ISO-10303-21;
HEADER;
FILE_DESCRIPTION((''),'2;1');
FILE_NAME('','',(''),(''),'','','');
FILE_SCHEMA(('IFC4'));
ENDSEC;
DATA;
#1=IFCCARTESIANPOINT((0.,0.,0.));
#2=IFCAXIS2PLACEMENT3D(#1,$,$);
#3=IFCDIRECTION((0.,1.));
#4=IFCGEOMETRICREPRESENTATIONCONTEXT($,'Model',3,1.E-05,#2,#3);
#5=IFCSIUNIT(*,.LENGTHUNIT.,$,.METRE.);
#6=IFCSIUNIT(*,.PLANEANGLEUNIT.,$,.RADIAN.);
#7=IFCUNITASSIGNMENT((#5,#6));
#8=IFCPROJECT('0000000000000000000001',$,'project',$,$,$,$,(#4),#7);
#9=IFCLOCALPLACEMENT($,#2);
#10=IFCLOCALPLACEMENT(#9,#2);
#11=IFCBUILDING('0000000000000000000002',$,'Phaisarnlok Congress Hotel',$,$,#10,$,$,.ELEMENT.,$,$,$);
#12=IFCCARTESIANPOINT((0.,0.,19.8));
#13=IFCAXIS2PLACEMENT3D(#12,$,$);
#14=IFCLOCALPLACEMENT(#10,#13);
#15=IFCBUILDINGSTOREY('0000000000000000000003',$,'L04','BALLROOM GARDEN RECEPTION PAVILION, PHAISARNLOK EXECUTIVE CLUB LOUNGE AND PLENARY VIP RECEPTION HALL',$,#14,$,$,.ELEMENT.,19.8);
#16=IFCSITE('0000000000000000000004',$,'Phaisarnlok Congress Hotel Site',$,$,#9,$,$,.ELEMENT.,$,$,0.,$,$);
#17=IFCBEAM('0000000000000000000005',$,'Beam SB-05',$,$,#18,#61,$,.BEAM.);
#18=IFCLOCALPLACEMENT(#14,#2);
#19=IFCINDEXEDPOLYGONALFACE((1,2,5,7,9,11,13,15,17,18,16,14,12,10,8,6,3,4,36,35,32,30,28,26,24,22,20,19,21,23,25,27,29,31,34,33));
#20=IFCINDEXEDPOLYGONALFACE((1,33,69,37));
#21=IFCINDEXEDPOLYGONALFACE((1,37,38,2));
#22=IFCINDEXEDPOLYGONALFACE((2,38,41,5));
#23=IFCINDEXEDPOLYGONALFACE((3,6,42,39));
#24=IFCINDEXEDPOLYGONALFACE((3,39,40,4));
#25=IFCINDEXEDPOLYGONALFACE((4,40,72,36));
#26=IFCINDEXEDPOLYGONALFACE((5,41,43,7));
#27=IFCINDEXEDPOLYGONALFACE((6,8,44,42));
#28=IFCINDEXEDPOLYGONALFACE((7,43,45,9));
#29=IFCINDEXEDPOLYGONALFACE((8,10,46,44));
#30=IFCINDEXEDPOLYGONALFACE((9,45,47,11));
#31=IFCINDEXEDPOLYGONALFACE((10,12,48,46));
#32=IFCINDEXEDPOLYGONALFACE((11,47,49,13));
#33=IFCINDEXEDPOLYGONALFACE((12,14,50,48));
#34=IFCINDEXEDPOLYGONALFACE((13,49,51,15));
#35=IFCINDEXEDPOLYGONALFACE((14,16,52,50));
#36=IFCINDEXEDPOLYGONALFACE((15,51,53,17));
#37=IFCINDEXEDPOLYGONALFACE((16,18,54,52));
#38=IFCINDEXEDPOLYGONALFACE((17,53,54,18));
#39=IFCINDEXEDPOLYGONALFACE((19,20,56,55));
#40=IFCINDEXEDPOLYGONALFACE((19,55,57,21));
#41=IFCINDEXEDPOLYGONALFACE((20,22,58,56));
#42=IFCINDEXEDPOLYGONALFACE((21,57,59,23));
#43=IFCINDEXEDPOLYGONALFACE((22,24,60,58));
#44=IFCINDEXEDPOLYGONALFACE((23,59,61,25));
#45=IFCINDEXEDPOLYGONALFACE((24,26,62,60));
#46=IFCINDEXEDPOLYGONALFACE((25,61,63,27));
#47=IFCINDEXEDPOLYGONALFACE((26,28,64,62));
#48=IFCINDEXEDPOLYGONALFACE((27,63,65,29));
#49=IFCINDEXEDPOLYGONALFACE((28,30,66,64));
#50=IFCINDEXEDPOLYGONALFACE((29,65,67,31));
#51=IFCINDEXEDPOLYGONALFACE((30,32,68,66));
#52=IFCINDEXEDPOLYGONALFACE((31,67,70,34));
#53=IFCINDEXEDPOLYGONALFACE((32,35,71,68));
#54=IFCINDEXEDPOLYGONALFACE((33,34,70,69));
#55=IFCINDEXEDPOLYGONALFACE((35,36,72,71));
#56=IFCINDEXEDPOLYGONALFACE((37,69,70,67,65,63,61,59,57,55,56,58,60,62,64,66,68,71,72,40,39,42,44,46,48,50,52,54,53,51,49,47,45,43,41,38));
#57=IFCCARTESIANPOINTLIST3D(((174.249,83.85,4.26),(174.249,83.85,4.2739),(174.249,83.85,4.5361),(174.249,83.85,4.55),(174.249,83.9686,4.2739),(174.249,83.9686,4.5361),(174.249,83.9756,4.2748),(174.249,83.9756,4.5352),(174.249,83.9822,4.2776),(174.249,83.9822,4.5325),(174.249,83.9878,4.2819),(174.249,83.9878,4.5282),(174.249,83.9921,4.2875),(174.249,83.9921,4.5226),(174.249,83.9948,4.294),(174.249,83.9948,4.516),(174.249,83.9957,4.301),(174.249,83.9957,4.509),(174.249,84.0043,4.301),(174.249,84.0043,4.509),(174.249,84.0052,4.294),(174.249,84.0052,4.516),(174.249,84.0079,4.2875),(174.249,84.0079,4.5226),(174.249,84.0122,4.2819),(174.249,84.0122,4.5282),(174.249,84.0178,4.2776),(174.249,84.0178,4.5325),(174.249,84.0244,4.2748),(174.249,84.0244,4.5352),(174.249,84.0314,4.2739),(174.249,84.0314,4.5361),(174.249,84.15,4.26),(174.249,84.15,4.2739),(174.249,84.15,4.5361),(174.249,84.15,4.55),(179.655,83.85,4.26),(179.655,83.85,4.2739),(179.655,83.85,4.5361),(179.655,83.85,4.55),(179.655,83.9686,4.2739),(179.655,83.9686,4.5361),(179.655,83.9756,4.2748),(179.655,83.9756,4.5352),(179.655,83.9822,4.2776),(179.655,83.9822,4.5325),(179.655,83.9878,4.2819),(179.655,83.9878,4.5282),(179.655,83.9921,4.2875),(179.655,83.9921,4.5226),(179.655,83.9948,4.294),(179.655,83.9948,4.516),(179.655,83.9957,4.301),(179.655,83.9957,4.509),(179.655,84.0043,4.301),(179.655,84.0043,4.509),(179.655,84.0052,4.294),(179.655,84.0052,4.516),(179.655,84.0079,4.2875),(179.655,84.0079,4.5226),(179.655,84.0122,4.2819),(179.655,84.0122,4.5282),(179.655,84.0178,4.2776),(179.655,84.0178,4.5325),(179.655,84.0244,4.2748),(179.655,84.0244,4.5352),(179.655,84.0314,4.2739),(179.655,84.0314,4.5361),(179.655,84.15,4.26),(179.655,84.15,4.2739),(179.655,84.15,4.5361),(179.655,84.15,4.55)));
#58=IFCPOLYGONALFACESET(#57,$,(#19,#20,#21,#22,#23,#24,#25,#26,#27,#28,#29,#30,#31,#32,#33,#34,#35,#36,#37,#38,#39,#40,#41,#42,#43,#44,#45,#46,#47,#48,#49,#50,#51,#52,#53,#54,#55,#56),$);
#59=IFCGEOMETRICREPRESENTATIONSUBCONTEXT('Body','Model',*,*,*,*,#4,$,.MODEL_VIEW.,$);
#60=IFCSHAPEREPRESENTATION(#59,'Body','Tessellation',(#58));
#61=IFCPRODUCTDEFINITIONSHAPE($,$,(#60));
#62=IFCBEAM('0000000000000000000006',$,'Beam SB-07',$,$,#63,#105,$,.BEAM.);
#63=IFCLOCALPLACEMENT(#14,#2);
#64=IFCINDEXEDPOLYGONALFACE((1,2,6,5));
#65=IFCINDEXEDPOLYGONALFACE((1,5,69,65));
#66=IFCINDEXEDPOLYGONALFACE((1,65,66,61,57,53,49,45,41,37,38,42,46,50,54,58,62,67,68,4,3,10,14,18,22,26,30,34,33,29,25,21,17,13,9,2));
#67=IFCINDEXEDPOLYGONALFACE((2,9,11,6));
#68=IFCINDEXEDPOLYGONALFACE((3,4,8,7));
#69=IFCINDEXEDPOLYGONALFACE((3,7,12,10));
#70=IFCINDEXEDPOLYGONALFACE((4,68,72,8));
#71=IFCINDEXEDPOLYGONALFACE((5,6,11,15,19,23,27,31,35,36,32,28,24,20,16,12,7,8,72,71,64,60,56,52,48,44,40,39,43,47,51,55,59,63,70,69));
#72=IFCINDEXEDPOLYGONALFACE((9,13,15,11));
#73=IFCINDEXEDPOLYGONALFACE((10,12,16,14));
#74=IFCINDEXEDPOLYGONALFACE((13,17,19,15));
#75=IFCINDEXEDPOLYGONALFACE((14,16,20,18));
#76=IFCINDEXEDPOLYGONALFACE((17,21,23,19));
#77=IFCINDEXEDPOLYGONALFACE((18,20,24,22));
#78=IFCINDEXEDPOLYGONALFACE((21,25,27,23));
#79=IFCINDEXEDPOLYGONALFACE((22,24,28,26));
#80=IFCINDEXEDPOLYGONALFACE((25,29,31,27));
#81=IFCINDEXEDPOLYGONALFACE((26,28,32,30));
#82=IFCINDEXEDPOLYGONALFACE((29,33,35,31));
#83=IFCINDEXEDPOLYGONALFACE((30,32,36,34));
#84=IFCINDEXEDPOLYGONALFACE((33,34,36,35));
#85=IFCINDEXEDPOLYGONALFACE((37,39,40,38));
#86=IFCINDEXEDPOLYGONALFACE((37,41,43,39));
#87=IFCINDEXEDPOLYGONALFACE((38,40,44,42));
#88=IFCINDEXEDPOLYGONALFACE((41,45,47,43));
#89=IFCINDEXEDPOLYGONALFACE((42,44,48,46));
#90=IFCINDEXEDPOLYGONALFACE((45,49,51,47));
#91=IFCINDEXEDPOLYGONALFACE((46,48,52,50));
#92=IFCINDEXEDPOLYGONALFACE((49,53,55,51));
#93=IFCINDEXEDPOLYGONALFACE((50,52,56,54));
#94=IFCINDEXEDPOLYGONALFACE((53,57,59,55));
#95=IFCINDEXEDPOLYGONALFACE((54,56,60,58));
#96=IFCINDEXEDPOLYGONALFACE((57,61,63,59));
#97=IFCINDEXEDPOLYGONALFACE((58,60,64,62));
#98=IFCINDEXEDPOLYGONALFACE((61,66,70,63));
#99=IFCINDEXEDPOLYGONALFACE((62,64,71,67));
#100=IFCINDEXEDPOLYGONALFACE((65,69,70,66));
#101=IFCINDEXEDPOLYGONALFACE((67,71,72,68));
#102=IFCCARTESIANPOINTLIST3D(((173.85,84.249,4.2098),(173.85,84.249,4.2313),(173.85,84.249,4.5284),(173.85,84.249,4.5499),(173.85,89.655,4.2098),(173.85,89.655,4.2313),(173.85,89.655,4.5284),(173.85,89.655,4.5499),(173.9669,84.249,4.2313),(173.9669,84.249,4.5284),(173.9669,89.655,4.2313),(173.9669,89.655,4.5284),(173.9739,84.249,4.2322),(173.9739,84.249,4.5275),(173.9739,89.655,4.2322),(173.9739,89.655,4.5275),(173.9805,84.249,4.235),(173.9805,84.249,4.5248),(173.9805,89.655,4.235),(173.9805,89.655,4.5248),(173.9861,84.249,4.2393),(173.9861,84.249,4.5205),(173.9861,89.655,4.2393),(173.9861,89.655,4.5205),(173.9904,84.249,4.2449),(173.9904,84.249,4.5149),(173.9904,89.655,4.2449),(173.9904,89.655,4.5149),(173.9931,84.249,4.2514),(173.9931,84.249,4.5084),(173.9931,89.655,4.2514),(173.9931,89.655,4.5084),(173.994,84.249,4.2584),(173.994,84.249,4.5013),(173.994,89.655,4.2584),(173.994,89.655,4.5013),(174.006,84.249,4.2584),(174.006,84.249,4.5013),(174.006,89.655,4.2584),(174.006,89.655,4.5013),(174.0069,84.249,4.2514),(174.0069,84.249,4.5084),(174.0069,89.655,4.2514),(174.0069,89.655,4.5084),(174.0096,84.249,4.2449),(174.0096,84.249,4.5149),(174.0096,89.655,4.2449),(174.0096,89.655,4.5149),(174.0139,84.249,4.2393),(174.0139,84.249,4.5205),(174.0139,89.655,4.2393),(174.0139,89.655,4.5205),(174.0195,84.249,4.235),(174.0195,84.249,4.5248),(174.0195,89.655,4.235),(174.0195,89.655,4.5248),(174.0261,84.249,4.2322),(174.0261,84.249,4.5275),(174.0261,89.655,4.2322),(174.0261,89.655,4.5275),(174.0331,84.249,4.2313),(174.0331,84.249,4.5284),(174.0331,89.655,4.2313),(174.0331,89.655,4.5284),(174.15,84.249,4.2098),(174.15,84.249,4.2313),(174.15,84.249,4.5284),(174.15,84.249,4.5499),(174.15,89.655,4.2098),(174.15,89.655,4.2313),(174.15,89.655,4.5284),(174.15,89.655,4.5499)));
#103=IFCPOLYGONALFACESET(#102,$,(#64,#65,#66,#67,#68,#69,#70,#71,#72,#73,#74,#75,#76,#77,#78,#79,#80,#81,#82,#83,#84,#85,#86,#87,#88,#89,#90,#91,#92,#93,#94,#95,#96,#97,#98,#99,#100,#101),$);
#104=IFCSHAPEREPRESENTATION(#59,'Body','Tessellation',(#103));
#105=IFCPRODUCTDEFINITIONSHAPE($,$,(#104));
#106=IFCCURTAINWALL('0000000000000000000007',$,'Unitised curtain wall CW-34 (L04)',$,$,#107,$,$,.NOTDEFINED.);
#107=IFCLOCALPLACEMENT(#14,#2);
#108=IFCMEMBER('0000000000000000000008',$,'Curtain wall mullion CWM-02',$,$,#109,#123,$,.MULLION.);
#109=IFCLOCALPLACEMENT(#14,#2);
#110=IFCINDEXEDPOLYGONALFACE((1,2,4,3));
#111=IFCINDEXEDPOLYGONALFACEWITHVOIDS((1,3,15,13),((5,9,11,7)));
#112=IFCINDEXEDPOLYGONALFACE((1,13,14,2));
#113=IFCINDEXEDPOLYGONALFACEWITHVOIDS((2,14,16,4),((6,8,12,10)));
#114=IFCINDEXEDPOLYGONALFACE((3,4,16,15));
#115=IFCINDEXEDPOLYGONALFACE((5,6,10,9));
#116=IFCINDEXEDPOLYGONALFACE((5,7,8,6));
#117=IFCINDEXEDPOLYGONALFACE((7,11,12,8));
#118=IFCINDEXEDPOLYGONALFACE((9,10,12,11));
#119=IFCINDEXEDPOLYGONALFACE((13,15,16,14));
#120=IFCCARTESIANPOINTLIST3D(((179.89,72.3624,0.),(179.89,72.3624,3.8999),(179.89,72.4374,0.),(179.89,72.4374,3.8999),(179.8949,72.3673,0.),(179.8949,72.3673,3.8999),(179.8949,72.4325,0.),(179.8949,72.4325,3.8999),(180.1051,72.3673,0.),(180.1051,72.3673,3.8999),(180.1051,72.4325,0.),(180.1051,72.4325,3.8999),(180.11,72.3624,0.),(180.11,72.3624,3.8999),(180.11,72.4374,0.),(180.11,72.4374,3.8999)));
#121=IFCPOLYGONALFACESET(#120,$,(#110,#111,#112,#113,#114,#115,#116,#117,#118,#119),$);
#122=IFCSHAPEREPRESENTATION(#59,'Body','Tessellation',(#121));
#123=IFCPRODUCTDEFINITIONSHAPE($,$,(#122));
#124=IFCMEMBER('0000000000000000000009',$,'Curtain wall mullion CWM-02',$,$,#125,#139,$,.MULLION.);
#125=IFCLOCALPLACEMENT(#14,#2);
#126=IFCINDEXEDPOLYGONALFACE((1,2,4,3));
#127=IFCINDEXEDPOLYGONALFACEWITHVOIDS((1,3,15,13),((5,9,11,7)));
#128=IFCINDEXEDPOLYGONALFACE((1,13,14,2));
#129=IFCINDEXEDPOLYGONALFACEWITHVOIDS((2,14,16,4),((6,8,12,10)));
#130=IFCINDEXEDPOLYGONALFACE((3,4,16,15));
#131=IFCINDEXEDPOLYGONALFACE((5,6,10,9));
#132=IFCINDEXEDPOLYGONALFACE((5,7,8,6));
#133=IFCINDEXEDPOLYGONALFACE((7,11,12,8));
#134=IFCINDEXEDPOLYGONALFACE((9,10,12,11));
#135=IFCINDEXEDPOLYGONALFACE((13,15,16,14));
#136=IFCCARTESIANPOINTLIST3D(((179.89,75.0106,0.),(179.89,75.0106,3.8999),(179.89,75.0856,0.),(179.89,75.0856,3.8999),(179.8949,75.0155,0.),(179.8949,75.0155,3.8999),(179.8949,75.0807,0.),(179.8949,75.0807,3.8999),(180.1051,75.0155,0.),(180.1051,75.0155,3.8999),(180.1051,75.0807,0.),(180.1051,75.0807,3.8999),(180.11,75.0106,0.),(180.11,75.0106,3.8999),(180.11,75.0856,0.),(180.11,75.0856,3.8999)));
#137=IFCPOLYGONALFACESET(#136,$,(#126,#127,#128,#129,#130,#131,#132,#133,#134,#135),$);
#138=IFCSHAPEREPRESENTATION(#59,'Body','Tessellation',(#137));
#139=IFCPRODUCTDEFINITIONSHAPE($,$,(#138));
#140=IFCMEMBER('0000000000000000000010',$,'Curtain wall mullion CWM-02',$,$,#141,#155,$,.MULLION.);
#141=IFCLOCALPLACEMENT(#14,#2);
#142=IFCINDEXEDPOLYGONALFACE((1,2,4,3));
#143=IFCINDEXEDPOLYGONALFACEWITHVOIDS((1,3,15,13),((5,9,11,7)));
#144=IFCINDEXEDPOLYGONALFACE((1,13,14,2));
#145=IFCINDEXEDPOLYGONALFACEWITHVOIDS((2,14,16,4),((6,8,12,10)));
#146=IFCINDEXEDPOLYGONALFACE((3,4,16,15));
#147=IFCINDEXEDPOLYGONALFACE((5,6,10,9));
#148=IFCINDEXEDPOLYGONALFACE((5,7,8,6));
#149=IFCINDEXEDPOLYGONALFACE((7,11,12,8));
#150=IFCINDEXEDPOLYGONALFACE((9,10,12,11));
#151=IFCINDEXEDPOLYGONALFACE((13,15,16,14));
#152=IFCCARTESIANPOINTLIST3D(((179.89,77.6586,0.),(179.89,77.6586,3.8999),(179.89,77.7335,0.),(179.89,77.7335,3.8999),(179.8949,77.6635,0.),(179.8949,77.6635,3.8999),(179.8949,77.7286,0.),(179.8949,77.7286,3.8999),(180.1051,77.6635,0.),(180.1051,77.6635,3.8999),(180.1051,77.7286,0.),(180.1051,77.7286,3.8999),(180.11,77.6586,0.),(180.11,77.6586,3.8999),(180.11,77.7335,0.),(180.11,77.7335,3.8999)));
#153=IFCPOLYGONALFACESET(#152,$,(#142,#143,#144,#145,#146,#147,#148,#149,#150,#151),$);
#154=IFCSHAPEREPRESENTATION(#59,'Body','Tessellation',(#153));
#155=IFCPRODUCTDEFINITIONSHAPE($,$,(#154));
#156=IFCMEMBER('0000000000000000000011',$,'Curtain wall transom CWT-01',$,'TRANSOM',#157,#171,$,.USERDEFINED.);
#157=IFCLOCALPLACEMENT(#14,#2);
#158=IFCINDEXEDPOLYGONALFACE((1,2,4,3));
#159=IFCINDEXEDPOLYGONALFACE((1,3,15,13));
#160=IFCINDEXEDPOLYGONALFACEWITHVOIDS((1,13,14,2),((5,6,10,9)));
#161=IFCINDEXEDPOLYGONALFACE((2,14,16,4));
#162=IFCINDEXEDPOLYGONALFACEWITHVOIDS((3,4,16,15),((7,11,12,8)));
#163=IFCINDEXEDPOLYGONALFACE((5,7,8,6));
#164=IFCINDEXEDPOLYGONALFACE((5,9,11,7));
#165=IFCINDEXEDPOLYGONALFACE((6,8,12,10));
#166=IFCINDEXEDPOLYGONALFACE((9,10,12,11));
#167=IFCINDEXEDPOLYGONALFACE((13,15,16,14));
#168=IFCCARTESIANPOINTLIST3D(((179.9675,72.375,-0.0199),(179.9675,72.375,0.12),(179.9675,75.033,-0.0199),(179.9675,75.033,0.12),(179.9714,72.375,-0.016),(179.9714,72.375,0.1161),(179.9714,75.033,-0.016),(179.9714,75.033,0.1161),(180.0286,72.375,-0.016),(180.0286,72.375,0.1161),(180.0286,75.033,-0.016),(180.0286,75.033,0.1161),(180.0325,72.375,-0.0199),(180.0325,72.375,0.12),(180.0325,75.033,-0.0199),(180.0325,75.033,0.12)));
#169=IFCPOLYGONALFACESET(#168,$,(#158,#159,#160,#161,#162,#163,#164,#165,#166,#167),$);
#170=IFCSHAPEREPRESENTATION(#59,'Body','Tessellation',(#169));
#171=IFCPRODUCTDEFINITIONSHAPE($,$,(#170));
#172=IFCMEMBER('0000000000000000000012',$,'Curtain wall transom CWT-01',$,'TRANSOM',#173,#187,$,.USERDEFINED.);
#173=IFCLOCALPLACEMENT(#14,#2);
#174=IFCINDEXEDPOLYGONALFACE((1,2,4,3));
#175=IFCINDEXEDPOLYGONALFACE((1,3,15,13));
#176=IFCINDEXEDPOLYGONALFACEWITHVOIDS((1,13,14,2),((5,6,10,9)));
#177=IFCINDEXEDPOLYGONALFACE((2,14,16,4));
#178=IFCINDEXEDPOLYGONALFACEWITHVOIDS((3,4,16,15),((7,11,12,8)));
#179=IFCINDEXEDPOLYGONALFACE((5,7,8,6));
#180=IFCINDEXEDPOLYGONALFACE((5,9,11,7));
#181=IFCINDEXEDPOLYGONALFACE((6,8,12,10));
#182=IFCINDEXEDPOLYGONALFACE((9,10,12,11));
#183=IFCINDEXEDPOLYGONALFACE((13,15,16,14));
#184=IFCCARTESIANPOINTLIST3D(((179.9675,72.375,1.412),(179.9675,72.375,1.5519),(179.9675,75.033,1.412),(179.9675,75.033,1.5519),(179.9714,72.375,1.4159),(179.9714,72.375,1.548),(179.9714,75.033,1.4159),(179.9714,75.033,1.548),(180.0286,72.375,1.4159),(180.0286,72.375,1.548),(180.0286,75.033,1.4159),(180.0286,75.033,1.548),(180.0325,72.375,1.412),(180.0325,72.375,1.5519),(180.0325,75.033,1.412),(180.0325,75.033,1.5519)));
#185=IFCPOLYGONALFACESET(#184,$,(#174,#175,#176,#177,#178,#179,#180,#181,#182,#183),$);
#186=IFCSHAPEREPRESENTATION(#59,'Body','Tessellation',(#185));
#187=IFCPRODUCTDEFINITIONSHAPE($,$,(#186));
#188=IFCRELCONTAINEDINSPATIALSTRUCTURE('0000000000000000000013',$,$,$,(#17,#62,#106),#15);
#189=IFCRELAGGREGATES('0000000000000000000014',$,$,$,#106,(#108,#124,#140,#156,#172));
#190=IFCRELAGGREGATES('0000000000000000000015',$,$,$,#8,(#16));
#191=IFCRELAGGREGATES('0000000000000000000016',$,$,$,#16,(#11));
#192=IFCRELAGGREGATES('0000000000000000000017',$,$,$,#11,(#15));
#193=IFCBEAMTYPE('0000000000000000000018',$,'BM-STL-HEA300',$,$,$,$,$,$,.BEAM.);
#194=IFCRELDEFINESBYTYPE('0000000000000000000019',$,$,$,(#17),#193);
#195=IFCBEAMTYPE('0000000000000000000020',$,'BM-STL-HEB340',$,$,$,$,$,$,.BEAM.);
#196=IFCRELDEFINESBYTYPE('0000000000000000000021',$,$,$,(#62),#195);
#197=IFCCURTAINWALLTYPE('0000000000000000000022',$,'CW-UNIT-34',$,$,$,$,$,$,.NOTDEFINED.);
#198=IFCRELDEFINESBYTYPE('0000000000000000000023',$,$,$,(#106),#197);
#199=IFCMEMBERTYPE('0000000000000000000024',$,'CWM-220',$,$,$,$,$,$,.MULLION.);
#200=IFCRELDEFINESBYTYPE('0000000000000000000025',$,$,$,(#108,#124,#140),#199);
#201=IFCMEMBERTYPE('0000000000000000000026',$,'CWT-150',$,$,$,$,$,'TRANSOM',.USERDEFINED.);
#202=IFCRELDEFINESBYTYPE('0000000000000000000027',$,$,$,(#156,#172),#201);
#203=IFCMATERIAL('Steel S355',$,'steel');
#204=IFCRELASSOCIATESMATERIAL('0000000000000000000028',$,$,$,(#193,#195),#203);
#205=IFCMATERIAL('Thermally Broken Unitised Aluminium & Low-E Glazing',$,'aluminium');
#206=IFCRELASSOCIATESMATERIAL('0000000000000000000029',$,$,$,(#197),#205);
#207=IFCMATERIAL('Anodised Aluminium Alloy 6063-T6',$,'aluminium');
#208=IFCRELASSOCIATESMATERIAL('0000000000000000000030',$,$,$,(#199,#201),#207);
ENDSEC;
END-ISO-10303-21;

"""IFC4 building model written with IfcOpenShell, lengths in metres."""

from ifc_helpers import new_model, si_unit, direction, frame, origin, origin_2d, place, context, subcontext, project, spatial, hollow_rectangle, i_section, extrude, material, material_profile, profile_set, type_object, element, aggregate, save


model = new_model("IFC4")

# Units and contexts
model_context = context("Model", 3, precision=1e-05, world=origin(), true_north=direction((0.0, 1.0)))
body_context = subcontext(model_context, "Body", "Model", "MODEL_VIEW")
ifc_project = project(units=[si_unit("LENGTHUNIT", "METRE"), si_unit("PLANEANGLEUNIT", "RADIAN")], contexts=[model_context])

# Site, building, storey
site_placement = place(None, origin())
site = spatial("IfcSite", under=ifc_project, at=site_placement, Name="Phaisarnlok Congress Hotel Site", CompositionType="ELEMENT", RefElevation=0.0)
building_placement = place(site_placement, origin())
building = spatial("IfcBuilding", under=site, at=building_placement, Name="Phaisarnlok Congress Hotel", CompositionType="ELEMENT")
storey_placement = place(building_placement, frame((0.0, 0.0, 19.8)))
storey = spatial("IfcBuildingStorey", under=building, at=storey_placement, Name="L04", Description="BALLROOM GARDEN RECEPTION PAVILION, PHAISARNLOK EXECUTIVE CLUB LOUNGE AND PLENARY VIP RECEPTION HALL", CompositionType="ELEMENT", Elevation=19.8)

# Shared definitions
ifc_material_1 = material(Name="Steel S355", Category="steel")

# Beams
ifc_material_profile_1 = material_profile(ifc_material_1, i_section(OverallWidth=0.3, OverallDepth=0.29, WebThickness=0.0085, FlangeThickness=0.0139, FilletRadius=0.0271, at=origin_2d()), Name="HEA 300")
ifc_profile_set_1 = profile_set([ifc_material_profile_1], Name="Steel S355")
beam_type_1 = type_object("IfcBeamType", Name="BM-STL-HEA300", PredefinedType="BEAM", material=ifc_profile_set_1)
beam_1_placement = place(storey_placement, frame((174.249, 84.0, 4.405), z_axis=(1.0, 0.0, 0.0), x_axis=(0.0, 1.0, 0.0)))
element("IfcBeam", 1, at=beam_1_placement, inside=storey, type_object=beam_type_1, Name="Beam SB-05", PredefinedType="BEAM", context=body_context, shape_type="SweptSolid", body=[
    extrude(i_section(OverallWidth=0.3, OverallDepth=0.29, WebThickness=0.0085, FlangeThickness=0.0139, FilletRadius=0.0271, at=origin_2d()), origin(), (0.0, 0.0, 1.0), 5.406),
])
ifc_material_profile_2 = material_profile(ifc_material_1, i_section(OverallWidth=0.3, OverallDepth=0.3401, WebThickness=0.012, FlangeThickness=0.0215, FilletRadius=0.0271, at=origin_2d()), Name="HEB 340")
ifc_profile_set_2 = profile_set([ifc_material_profile_2], Name="Steel S355")
beam_type_2 = type_object("IfcBeamType", Name="BM-STL-HEB340", PredefinedType="BEAM", material=ifc_profile_set_2)
beam_2_placement = place(storey_placement, frame((174.0, 84.249, 4.3799), z_axis=(0.0, 1.0, 0.0), x_axis=(-1.0, 0.0, 0.0)))
element("IfcBeam", 2, at=beam_2_placement, inside=storey, type_object=beam_type_2, Name="Beam SB-07", PredefinedType="BEAM", context=body_context, shape_type="SweptSolid", body=[
    extrude(i_section(OverallWidth=0.3, OverallDepth=0.3401, WebThickness=0.012, FlangeThickness=0.0215, FilletRadius=0.0271, at=origin_2d()), origin(), (0.0, 0.0, 1.0), 5.406),
])

# Curtain wall, members
ifc_material_2 = material(Name="Thermally Broken Unitised Aluminium & Low-E Glazing", Category="aluminium")
curtain_wall_type = type_object("IfcCurtainWallType", Name="CW-UNIT-34", PredefinedType="NOTDEFINED", material=ifc_material_2)
curtain_wall_placement = place(storey_placement, origin())
curtain_wall = element("IfcCurtainWall", 3, at=curtain_wall_placement, inside=storey, type_object=curtain_wall_type, Name="Unitised curtain wall CW-34 (L04)", PredefinedType="NOTDEFINED")
ifc_material_3 = material(Name="Anodised Aluminium Alloy 6063-T6", Category="aluminium")
ifc_material_profile_3 = material_profile(ifc_material_3, hollow_rectangle(XDim=0.075, YDim=0.22, WallThickness=0.0049, at=origin_2d()), Name="ALU-M 75x220x5")
ifc_profile_set_3 = profile_set([ifc_material_profile_3], Name="Anodised Aluminium Alloy 6063-T6")
member_type_1 = type_object("IfcMemberType", Name="CWM-220", PredefinedType="MULLION", material=ifc_profile_set_3)
member_1_placement = place(storey_placement, frame((180.0, 72.3999, 0.0), z_axis=(0.0, 0.0, 1.0), x_axis=(0.0, 1.0, 0.0)))
member_1 = element("IfcMember", 4, at=member_1_placement, type_object=member_type_1, Name="Curtain wall mullion CWM-02", PredefinedType="MULLION", context=body_context, shape_type="SweptSolid", body=[
    extrude(hollow_rectangle(XDim=0.075, YDim=0.22, WallThickness=0.0049, at=origin_2d()), origin(), (0.0, 0.0, 1.0), 3.8999),
])
member_2_placement = place(storey_placement, frame((180.0, 75.0481, 0.0), z_axis=(0.0, 0.0, 1.0), x_axis=(0.0, 1.0, 0.0)))
member_2 = element("IfcMember", 5, at=member_2_placement, type_object=member_type_1, Name="Curtain wall mullion CWM-02", PredefinedType="MULLION", context=body_context, shape_type="SweptSolid", body=[
    extrude(hollow_rectangle(XDim=0.075, YDim=0.22, WallThickness=0.0049, at=origin_2d()), origin(), (0.0, 0.0, 1.0), 3.8999),
])
member_3_placement = place(storey_placement, frame((180.0, 77.696, 0.0), z_axis=(0.0, 0.0, 1.0), x_axis=(0.0, 1.0, 0.0)))
member_3 = element("IfcMember", 6, at=member_3_placement, type_object=member_type_1, Name="Curtain wall mullion CWM-02", PredefinedType="MULLION", context=body_context, shape_type="SweptSolid", body=[
    extrude(hollow_rectangle(XDim=0.075, YDim=0.22, WallThickness=0.0049, at=origin_2d()), origin(), (0.0, 0.0, 1.0), 3.8999),
])
ifc_material_profile_4 = material_profile(ifc_material_3, hollow_rectangle(XDim=0.0649, YDim=0.1399, WallThickness=0.0039, at=origin_2d()), Name="ALU-T 65x140x4")
ifc_profile_set_4 = profile_set([ifc_material_profile_4], Name="Anodised Aluminium Alloy 6063-T6")
member_type_2 = type_object("IfcMemberType", Name="CWT-150", ElementType="TRANSOM", PredefinedType="USERDEFINED", material=ifc_profile_set_4)
member_4_placement = place(storey_placement, frame((180.0, 72.375, 0.05), z_axis=(0.0, 1.0, 0.0), x_axis=(-1.0, 0.0, 0.0)))
member_4 = element("IfcMember", 7, at=member_4_placement, type_object=member_type_2, Name="Curtain wall transom CWT-01", ObjectType="TRANSOM", PredefinedType="USERDEFINED", context=body_context, shape_type="SweptSolid", body=[
    extrude(hollow_rectangle(XDim=0.0649, YDim=0.1399, WallThickness=0.0039, at=origin_2d()), origin(), (0.0, 0.0, 1.0), 2.658),
])
member_5_placement = place(storey_placement, frame((180.0, 72.375, 1.4819), z_axis=(0.0, 1.0, 0.0), x_axis=(-1.0, 0.0, 0.0)))
member_5 = element("IfcMember", 8, at=member_5_placement, type_object=member_type_2, Name="Curtain wall transom CWT-01", ObjectType="TRANSOM", PredefinedType="USERDEFINED", context=body_context, shape_type="SweptSolid", body=[
    extrude(hollow_rectangle(XDim=0.0649, YDim=0.1399, WallThickness=0.0039, at=origin_2d()), origin(), (0.0, 0.0, 1.0), 2.658),
])

aggregate(curtain_wall, [member_1, member_2, member_3, member_4, member_5])

save(model, "model.ifc")
